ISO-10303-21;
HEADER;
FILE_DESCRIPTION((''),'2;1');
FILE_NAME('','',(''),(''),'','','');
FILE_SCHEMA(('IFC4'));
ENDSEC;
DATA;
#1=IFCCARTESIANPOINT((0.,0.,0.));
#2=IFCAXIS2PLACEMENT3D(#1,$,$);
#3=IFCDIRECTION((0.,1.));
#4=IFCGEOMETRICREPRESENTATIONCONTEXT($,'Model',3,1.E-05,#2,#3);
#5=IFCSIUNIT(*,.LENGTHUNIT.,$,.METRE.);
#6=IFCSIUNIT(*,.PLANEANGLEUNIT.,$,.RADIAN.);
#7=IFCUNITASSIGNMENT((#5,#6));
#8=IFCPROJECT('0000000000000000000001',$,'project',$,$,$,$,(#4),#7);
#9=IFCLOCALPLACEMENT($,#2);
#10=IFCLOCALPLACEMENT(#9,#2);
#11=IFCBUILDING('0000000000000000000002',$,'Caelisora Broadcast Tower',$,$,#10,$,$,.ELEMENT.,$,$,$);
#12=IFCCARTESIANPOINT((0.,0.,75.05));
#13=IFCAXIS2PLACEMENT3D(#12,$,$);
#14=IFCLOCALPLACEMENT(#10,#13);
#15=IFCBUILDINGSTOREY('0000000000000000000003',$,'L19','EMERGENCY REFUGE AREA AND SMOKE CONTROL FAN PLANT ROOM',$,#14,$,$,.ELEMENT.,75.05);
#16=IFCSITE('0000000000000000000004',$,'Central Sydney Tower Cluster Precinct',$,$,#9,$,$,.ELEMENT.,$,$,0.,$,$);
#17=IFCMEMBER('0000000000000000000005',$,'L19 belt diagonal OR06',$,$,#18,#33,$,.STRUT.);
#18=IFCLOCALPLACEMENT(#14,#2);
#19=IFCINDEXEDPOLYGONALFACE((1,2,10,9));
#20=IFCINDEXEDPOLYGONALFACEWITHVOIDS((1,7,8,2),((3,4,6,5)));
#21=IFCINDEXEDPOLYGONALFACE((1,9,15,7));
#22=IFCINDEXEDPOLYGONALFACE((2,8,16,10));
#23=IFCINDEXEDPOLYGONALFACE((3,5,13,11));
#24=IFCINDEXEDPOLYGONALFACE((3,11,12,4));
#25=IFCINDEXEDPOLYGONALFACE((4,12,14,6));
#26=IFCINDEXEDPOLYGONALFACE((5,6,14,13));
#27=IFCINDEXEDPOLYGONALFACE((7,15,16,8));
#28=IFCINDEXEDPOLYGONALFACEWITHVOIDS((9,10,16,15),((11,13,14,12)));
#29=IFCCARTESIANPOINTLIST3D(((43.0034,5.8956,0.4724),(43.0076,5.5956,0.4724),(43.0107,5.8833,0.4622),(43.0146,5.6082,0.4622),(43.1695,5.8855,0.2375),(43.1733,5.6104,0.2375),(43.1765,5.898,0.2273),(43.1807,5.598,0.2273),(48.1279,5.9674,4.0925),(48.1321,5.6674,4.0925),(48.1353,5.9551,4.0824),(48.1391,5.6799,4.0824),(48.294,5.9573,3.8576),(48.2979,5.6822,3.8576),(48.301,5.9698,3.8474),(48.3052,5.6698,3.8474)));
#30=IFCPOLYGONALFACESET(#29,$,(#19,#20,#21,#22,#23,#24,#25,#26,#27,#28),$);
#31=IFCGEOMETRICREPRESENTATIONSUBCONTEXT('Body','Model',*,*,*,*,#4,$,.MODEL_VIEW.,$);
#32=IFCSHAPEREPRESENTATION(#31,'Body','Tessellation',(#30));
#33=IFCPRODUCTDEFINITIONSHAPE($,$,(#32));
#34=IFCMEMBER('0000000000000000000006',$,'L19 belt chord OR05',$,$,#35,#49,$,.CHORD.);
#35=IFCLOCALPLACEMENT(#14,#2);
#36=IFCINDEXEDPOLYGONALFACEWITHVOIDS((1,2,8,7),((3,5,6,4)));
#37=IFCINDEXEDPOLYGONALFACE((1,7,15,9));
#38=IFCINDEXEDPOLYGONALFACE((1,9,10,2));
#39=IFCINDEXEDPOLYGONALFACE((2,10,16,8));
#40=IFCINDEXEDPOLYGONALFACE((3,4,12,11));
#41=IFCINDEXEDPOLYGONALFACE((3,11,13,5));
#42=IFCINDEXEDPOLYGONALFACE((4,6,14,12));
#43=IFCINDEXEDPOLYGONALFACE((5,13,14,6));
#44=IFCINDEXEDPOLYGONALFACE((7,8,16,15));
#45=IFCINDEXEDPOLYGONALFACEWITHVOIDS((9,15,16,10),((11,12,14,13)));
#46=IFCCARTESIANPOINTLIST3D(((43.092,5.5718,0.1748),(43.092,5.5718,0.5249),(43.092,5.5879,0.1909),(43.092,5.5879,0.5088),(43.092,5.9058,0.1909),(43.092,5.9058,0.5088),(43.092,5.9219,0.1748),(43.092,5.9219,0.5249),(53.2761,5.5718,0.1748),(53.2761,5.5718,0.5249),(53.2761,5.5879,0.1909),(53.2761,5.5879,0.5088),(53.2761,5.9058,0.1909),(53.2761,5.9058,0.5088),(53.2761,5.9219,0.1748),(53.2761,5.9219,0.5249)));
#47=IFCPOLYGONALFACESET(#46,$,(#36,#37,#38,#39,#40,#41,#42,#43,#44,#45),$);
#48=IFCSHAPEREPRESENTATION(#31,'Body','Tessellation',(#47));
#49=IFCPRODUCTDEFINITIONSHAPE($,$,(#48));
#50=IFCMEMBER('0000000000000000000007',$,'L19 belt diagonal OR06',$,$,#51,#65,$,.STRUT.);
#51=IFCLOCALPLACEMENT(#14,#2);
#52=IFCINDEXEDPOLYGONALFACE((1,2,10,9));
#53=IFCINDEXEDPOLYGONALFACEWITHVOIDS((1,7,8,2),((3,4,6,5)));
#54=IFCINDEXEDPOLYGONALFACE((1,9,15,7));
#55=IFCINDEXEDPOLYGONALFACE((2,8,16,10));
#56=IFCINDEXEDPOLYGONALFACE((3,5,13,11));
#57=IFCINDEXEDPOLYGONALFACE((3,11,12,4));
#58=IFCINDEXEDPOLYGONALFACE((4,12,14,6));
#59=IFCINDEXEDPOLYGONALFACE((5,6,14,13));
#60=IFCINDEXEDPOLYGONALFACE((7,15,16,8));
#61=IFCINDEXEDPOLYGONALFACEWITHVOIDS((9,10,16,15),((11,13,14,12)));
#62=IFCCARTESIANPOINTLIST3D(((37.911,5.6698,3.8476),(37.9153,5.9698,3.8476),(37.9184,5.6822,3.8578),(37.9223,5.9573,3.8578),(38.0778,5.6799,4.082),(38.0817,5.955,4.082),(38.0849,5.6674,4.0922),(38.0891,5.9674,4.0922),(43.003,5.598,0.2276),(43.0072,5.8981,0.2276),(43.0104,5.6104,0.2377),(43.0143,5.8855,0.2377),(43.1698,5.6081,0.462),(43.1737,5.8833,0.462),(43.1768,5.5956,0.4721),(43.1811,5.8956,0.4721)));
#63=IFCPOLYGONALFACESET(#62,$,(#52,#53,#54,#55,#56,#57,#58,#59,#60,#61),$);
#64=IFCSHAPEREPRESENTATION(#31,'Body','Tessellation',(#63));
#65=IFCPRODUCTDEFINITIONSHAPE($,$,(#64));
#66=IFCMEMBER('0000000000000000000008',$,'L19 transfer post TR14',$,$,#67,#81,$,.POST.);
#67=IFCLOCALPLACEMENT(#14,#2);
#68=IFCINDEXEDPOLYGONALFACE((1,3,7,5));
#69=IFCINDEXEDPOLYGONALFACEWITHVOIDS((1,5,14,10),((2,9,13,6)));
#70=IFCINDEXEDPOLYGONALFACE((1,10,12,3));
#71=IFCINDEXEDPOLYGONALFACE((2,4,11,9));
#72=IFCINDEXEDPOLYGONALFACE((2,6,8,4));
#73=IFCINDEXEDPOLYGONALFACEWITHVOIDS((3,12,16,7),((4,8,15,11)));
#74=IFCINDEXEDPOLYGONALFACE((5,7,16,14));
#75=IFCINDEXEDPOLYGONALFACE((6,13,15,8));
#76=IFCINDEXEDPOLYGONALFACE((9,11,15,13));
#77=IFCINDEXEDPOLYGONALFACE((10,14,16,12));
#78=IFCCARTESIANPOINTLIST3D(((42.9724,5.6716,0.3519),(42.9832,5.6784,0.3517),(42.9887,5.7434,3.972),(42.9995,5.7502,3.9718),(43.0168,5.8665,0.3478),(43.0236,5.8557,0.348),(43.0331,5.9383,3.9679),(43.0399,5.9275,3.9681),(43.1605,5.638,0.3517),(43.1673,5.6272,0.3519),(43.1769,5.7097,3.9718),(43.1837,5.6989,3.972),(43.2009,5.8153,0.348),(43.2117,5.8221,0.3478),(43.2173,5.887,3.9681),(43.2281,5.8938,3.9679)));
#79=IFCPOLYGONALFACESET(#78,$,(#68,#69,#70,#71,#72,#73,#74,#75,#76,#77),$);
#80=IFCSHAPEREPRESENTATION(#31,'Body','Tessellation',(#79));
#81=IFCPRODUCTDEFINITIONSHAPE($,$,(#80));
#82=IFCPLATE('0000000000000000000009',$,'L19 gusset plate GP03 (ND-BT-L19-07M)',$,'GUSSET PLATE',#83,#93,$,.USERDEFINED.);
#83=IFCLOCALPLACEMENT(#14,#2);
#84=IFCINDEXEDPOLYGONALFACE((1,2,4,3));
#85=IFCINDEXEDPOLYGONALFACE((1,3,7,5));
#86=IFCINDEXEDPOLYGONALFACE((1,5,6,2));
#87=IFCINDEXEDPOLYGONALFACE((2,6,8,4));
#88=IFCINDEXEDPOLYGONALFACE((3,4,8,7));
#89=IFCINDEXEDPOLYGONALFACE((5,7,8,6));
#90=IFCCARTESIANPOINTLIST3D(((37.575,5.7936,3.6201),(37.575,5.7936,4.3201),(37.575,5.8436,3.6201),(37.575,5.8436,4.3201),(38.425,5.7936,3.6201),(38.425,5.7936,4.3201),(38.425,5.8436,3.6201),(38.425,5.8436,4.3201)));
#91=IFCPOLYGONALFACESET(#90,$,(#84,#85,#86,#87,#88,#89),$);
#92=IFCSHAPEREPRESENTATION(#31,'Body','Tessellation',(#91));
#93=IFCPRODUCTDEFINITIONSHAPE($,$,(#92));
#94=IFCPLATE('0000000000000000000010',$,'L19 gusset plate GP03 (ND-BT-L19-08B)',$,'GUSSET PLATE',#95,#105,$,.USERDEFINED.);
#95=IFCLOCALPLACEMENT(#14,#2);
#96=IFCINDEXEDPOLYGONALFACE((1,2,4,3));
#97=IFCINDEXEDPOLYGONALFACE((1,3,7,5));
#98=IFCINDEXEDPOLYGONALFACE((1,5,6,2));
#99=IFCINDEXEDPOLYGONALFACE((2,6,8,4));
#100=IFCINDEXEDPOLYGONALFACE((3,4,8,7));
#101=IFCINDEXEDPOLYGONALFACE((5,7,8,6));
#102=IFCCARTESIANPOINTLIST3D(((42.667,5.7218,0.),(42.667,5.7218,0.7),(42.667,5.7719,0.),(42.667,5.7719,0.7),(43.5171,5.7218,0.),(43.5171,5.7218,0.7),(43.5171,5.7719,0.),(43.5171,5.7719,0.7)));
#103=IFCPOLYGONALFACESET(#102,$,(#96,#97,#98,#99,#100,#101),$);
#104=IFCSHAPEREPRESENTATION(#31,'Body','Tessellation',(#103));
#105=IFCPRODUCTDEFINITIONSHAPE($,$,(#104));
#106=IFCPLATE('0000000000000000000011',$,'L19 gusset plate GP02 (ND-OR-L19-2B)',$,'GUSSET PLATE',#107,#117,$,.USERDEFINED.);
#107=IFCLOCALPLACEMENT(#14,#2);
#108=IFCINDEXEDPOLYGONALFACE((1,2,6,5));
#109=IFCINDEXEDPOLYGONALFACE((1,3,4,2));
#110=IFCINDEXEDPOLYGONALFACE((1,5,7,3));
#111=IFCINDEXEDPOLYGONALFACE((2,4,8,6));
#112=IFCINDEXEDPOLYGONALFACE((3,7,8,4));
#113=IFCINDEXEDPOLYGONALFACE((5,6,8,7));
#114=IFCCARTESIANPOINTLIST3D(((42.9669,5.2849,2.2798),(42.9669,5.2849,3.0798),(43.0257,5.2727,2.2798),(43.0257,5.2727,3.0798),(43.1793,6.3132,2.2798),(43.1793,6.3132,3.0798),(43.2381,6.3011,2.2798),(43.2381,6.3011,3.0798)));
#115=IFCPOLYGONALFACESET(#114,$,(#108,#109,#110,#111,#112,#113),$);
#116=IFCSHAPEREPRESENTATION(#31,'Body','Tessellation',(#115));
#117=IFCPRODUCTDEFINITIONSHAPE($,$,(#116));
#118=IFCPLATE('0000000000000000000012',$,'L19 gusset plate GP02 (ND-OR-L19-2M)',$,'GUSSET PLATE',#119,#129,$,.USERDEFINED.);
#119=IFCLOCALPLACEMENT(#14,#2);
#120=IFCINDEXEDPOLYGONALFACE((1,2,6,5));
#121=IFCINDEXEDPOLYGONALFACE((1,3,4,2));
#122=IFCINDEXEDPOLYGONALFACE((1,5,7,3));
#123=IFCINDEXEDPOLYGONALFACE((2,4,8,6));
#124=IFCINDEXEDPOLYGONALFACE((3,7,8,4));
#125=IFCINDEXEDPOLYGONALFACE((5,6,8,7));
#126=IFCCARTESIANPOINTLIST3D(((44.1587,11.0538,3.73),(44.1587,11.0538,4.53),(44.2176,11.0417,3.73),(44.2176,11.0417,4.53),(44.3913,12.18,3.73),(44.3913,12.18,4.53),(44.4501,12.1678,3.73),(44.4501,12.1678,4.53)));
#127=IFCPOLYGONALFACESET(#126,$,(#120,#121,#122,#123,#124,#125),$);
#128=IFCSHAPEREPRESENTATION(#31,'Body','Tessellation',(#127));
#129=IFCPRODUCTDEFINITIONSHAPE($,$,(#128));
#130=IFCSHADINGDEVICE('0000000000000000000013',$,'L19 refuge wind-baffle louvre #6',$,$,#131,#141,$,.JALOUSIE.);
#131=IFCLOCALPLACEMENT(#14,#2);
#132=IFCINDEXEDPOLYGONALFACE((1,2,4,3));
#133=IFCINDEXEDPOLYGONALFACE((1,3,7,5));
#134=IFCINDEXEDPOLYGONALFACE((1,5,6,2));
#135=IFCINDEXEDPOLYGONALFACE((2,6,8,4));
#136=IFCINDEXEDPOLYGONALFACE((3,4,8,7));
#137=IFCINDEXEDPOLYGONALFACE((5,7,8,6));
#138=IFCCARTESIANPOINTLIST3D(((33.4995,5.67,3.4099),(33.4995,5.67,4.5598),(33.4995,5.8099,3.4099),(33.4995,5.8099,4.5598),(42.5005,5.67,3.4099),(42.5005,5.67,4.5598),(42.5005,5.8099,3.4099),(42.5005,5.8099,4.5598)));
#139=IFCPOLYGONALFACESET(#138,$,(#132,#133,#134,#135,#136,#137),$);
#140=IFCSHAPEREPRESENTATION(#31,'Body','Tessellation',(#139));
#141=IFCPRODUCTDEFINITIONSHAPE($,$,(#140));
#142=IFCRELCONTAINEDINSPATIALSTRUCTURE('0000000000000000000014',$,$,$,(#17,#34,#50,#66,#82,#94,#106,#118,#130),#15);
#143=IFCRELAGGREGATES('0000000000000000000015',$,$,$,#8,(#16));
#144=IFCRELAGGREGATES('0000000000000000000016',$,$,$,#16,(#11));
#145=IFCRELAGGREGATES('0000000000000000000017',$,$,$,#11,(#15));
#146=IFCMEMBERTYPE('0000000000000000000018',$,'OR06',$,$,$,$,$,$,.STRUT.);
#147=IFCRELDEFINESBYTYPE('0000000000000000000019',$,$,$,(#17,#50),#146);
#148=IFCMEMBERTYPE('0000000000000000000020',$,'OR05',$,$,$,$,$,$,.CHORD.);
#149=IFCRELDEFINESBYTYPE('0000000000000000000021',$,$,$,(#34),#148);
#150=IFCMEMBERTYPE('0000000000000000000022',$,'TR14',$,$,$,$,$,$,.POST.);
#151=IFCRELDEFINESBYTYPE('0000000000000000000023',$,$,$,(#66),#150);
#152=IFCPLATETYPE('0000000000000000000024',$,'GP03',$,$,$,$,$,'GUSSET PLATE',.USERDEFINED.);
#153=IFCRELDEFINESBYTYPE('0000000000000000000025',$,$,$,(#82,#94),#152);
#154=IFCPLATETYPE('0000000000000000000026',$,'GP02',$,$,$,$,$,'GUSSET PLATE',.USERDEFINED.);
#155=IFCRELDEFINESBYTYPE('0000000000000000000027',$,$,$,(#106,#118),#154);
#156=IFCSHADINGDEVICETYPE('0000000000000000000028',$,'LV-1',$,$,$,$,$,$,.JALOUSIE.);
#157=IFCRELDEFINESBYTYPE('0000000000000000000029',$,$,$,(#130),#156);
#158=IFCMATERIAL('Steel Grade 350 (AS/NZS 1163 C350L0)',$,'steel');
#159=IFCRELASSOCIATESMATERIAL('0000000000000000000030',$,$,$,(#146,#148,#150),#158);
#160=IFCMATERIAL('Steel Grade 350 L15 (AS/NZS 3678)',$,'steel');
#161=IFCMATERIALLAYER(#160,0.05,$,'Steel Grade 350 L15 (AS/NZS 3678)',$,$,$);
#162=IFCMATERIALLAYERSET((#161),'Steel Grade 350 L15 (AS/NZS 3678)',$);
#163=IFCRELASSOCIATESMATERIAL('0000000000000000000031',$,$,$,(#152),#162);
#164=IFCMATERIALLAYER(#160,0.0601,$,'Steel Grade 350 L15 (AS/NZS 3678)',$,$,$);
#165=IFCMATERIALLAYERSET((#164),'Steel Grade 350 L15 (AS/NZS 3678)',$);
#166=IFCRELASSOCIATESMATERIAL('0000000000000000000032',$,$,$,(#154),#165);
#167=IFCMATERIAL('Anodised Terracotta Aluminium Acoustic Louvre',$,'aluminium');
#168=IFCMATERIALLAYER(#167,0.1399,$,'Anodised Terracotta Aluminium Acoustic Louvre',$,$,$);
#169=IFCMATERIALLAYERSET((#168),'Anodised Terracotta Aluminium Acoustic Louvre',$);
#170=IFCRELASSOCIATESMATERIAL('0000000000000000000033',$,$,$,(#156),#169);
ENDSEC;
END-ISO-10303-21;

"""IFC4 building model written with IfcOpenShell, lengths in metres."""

from ifc_helpers import new_model, si_unit, direction, frame, origin, origin_2d, place, context, subcontext, project, spatial, rectangle, hollow_rectangle, extrude, source, transform, mapped, material, layer, layer_set, material_profile, profile_set, type_object, type_shapes, element, save


model = new_model("IFC4")

# Units and contexts
model_context = context("Model", 3, precision=1e-05, world=origin(), true_north=direction((0.0, 1.0)))
body_context = subcontext(model_context, "Body", "Model", "MODEL_VIEW")
ifc_project = project(units=[si_unit("LENGTHUNIT", "METRE"), si_unit("PLANEANGLEUNIT", "RADIAN")], contexts=[model_context])

# Site, building, storey
site_placement = place(None, origin())
site = spatial("IfcSite", under=ifc_project, at=site_placement, Name="Central Sydney Tower Cluster Precinct", CompositionType="ELEMENT", RefElevation=0.0)
building_placement = place(site_placement, origin())
building = spatial("IfcBuilding", under=site, at=building_placement, Name="Caelisora Broadcast Tower", CompositionType="ELEMENT")
storey_placement = place(building_placement, frame((0.0, 0.0, 75.05)))
storey = spatial("IfcBuildingStorey", under=building, at=storey_placement, Name="L19", Description="EMERGENCY REFUGE AREA AND SMOKE CONTROL FAN PLANT ROOM", CompositionType="ELEMENT", Elevation=75.05)

# Shared definitions
ifc_material_1 = material(Name="Steel Grade 350 L15 (AS/NZS 3678)", Category="steel")

# Members
ifc_material_2 = material(Name="Steel Grade 350 (AS/NZS 1163 C350L0)", Category="steel")
ifc_material_profile_1 = material_profile(ifc_material_2, hollow_rectangle(XDim=0.3, YDim=0.3, WallThickness=0.0125, at=origin_2d()), Name="Steel Grade 350 (AS/NZS 1163 C350L0)")
ifc_profile_set_1 = profile_set([ifc_material_profile_1], Name="Steel Grade 350 (AS/NZS 1163 C350L0)")
member_type_1 = type_object("IfcMemberType", Name="OR06", PredefinedType="STRUT", material=ifc_profile_set_1)
shared_shape_1 = source(origin(), body_context, "Body", "SweptSolid", [
    extrude(hollow_rectangle(XDim=0.3, YDim=0.3, WallThickness=0.0125, at=origin_2d()), origin(), (0.0, 0.0, 1.0), 6.2747),
])
member_1_placement = place(storey_placement, frame((43.092, 5.7468, 0.3499), z_axis=(0.816703, 0.011439, 0.576945), x_axis=(-0.014005, 0.999902, 0.0)))
element("IfcMember", 1, at=member_1_placement, inside=storey, type_object=member_type_1, Name="L19 belt diagonal OR06", PredefinedType="STRUT", context=body_context, shape_type="MappedRepresentation", body=[
    mapped(shared_shape_1, transform((0.0, 0.0, 0.0), scale=1.0)),
])
ifc_material_profile_2 = material_profile(ifc_material_2, hollow_rectangle(XDim=0.3501, YDim=0.3501, WallThickness=0.0161, at=origin_2d()), Name="Steel Grade 350 (AS/NZS 1163 C350L0)")
ifc_profile_set_2 = profile_set([ifc_material_profile_2], Name="Steel Grade 350 (AS/NZS 1163 C350L0)")
member_type_2 = type_object("IfcMemberType", Name="OR05", PredefinedType="CHORD", material=ifc_profile_set_2)
shared_shape_2 = source(origin(), body_context, "Body", "SweptSolid", [
    extrude(hollow_rectangle(XDim=0.3501, YDim=0.3501, WallThickness=0.0161, at=origin_2d()), origin(), (0.0, 0.0, 1.0), 10.1841),
])
type_shapes(member_type_2, [shared_shape_2])
member_2_placement = place(storey_placement, frame((43.092, 5.7468, 0.3499), z_axis=(1.0, 0.0, 0.0), x_axis=(0.0, 1.0, 0.0)))
element("IfcMember", 2, at=member_2_placement, inside=storey, type_object=member_type_2, Name="L19 belt chord OR05", PredefinedType="CHORD", context=body_context, shape_type="MappedRepresentation", body=[
    mapped(shared_shape_2, transform((0.0, 0.0, 0.0), scale=1.0)),
])
shared_shape_3 = source(origin(), body_context, "Body", "SweptSolid", [
    extrude(hollow_rectangle(XDim=0.3, YDim=0.3, WallThickness=0.0125, at=origin_2d()), origin(), (0.0, 0.0, 1.0), 6.248),
])
type_shapes(member_type_1, [shared_shape_1, shared_shape_3])
member_3_placement = place(storey_placement, frame((43.092, 5.7468, 0.3499), z_axis=(-0.814969, 0.011488, 0.579391), x_axis=(-0.014095, -0.999901, 0.0)))
element("IfcMember", 3, at=member_3_placement, inside=storey, type_object=member_type_1, Name="L19 belt diagonal OR06", PredefinedType="STRUT", context=body_context, shape_type="MappedRepresentation", body=[
    mapped(shared_shape_3, transform((0.0, 0.0, 0.0), scale=1.0)),
])
ifc_material_profile_3 = material_profile(ifc_material_2, hollow_rectangle(XDim=0.2, YDim=0.2, WallThickness=0.009, at=origin_2d()), Name="Steel Grade 350 (AS/NZS 1163 C350L0)")
ifc_profile_set_3 = profile_set([ifc_material_profile_3], Name="Steel Grade 350 (AS/NZS 1163 C350L0)")
member_type_3 = type_object("IfcMemberType", Name="TR14", PredefinedType="POST", material=ifc_profile_set_3)
shared_shape_4 = source(origin(), body_context, "Body", "SweptSolid", [
    extrude(hollow_rectangle(XDim=0.2, YDim=0.2, WallThickness=0.009, at=origin_2d()), origin(), (0.0, 0.0, 1.0), 3.6208),
])
type_shapes(member_type_3, [shared_shape_4])
member_4_placement = place(storey_placement, frame((43.092, 5.7468, 0.3499), z_axis=(0.004518, 0.019823, 0.999793), x_axis=(-0.975002, 0.222194, 0.0)))
element("IfcMember", 4, at=member_4_placement, inside=storey, type_object=member_type_3, Name="L19 transfer post TR14", PredefinedType="POST", context=body_context, shape_type="MappedRepresentation", body=[
    mapped(shared_shape_4, transform((0.0, 0.0, 0.0), scale=1.0)),
])

# Plates
ifc_layer_1 = layer(ifc_material_1, 0.05, Name="Steel Grade 350 L15 (AS/NZS 3678)")
ifc_layer_set_1 = layer_set([ifc_layer_1], Name="Steel Grade 350 L15 (AS/NZS 3678)")
plate_type_1 = type_object("IfcPlateType", Name="GP03", ElementType="GUSSET PLATE", PredefinedType="USERDEFINED", material=ifc_layer_set_1)
shared_shape_5 = source(origin(), body_context, "Body", "SweptSolid", [
    extrude(rectangle(XDim=0.8501, YDim=0.05, at=origin_2d()), origin(), (0.0, 0.0, 1.0), 0.7),
])
type_shapes(plate_type_1, [shared_shape_5])
for number, where, z_axis, x_axis, name in (
    (5, (38.0, 5.8186, 3.6201), (0.0, 0.0, 1.0), (1.0, 0.0, 0.0), "L19 gusset plate GP03 (ND-BT-L19-07M)"),
    (6, (43.092, 5.7468, 0.0), (0.0, 0.0, 1.0), (1.0, 0.0, 0.0), "L19 gusset plate GP03 (ND-BT-L19-08B)"),
):
    element("IfcPlate", number, at=place(storey_placement, frame(where, z_axis=z_axis, x_axis=x_axis)), inside=storey, type_object=plate_type_1, Name=name, ObjectType="GUSSET PLATE", PredefinedType="USERDEFINED", context=body_context, shape_type="MappedRepresentation", body=[
        mapped(shared_shape_5, transform((0.0, 0.0, 0.0), scale=1.0)),
    ])
ifc_layer_2 = layer(ifc_material_1, 0.0601, Name="Steel Grade 350 L15 (AS/NZS 3678)")
ifc_layer_set_2 = layer_set([ifc_layer_2], Name="Steel Grade 350 L15 (AS/NZS 3678)")
plate_type_2 = type_object("IfcPlateType", Name="GP02", ElementType="GUSSET PLATE", PredefinedType="USERDEFINED", material=ifc_layer_set_2)
shared_shape_6 = source(origin(), body_context, "Body", "SweptSolid", [
    extrude(rectangle(XDim=1.05, YDim=0.0601, at=origin_2d()), origin(), (0.0, 0.0, 1.0), 0.8),
])
plate_1_placement = place(storey_placement, frame((43.1025, 5.793, 2.2798), z_axis=(0.0, 0.0, 1.0), x_axis=(-0.202275, -0.979329, 0.0)))
element("IfcPlate", 7, at=plate_1_placement, inside=storey, type_object=plate_type_2, Name="L19 gusset plate GP02 (ND-OR-L19-2B)", ObjectType="GUSSET PLATE", PredefinedType="USERDEFINED", context=body_context, shape_type="MappedRepresentation", body=[
    mapped(shared_shape_6, transform((0.0, 0.0, 0.0), scale=1.0)),
])
shared_shape_7 = source(origin(), body_context, "Body", "SweptSolid", [
    extrude(rectangle(XDim=1.1499, YDim=0.0601, at=origin_2d()), origin(), (0.0, 0.0, 1.0), 0.8),
])
type_shapes(plate_type_2, [shared_shape_6, shared_shape_7])
plate_2_placement = place(storey_placement, frame((44.3044, 11.6108, 3.73), z_axis=(0.0, 0.0, 1.0), x_axis=(-0.202275, -0.979329, 0.0)))
element("IfcPlate", 8, at=plate_2_placement, inside=storey, type_object=plate_type_2, Name="L19 gusset plate GP02 (ND-OR-L19-2M)", ObjectType="GUSSET PLATE", PredefinedType="USERDEFINED", context=body_context, shape_type="MappedRepresentation", body=[
    mapped(shared_shape_7, transform((0.0, 0.0, 0.0), scale=1.0)),
])

# Shading device
ifc_material_3 = material(Name="Anodised Terracotta Aluminium Acoustic Louvre", Category="aluminium")
ifc_layer_3 = layer(ifc_material_3, 0.1399, Name="Anodised Terracotta Aluminium Acoustic Louvre")
ifc_layer_set_3 = layer_set([ifc_layer_3], Name="Anodised Terracotta Aluminium Acoustic Louvre")
shading_device_type = type_object("IfcShadingDeviceType", Name="LV-1", PredefinedType="JALOUSIE", material=ifc_layer_set_3)
shared_shape_8 = source(origin(), body_context, "Body", "SweptSolid", [
    extrude(rectangle(XDim=9.001, YDim=0.1399, at=origin_2d()), origin(), (0.0, 0.0, 1.0), 1.1499),
])
type_shapes(shading_device_type, [shared_shape_8])
shading_device_placement = place(storey_placement, frame((38.0, 5.74, 3.4099), z_axis=(0.0, 0.0, 1.0), x_axis=(1.0, 0.0, 0.0)))
element("IfcShadingDevice", 9, at=shading_device_placement, inside=storey, type_object=shading_device_type, Name="L19 refuge wind-baffle louvre #6", PredefinedType="JALOUSIE", context=body_context, shape_type="MappedRepresentation", body=[
    mapped(shared_shape_8, transform((0.0, 0.0, 0.0), scale=1.0)),
])

save(model, "model.ifc")
